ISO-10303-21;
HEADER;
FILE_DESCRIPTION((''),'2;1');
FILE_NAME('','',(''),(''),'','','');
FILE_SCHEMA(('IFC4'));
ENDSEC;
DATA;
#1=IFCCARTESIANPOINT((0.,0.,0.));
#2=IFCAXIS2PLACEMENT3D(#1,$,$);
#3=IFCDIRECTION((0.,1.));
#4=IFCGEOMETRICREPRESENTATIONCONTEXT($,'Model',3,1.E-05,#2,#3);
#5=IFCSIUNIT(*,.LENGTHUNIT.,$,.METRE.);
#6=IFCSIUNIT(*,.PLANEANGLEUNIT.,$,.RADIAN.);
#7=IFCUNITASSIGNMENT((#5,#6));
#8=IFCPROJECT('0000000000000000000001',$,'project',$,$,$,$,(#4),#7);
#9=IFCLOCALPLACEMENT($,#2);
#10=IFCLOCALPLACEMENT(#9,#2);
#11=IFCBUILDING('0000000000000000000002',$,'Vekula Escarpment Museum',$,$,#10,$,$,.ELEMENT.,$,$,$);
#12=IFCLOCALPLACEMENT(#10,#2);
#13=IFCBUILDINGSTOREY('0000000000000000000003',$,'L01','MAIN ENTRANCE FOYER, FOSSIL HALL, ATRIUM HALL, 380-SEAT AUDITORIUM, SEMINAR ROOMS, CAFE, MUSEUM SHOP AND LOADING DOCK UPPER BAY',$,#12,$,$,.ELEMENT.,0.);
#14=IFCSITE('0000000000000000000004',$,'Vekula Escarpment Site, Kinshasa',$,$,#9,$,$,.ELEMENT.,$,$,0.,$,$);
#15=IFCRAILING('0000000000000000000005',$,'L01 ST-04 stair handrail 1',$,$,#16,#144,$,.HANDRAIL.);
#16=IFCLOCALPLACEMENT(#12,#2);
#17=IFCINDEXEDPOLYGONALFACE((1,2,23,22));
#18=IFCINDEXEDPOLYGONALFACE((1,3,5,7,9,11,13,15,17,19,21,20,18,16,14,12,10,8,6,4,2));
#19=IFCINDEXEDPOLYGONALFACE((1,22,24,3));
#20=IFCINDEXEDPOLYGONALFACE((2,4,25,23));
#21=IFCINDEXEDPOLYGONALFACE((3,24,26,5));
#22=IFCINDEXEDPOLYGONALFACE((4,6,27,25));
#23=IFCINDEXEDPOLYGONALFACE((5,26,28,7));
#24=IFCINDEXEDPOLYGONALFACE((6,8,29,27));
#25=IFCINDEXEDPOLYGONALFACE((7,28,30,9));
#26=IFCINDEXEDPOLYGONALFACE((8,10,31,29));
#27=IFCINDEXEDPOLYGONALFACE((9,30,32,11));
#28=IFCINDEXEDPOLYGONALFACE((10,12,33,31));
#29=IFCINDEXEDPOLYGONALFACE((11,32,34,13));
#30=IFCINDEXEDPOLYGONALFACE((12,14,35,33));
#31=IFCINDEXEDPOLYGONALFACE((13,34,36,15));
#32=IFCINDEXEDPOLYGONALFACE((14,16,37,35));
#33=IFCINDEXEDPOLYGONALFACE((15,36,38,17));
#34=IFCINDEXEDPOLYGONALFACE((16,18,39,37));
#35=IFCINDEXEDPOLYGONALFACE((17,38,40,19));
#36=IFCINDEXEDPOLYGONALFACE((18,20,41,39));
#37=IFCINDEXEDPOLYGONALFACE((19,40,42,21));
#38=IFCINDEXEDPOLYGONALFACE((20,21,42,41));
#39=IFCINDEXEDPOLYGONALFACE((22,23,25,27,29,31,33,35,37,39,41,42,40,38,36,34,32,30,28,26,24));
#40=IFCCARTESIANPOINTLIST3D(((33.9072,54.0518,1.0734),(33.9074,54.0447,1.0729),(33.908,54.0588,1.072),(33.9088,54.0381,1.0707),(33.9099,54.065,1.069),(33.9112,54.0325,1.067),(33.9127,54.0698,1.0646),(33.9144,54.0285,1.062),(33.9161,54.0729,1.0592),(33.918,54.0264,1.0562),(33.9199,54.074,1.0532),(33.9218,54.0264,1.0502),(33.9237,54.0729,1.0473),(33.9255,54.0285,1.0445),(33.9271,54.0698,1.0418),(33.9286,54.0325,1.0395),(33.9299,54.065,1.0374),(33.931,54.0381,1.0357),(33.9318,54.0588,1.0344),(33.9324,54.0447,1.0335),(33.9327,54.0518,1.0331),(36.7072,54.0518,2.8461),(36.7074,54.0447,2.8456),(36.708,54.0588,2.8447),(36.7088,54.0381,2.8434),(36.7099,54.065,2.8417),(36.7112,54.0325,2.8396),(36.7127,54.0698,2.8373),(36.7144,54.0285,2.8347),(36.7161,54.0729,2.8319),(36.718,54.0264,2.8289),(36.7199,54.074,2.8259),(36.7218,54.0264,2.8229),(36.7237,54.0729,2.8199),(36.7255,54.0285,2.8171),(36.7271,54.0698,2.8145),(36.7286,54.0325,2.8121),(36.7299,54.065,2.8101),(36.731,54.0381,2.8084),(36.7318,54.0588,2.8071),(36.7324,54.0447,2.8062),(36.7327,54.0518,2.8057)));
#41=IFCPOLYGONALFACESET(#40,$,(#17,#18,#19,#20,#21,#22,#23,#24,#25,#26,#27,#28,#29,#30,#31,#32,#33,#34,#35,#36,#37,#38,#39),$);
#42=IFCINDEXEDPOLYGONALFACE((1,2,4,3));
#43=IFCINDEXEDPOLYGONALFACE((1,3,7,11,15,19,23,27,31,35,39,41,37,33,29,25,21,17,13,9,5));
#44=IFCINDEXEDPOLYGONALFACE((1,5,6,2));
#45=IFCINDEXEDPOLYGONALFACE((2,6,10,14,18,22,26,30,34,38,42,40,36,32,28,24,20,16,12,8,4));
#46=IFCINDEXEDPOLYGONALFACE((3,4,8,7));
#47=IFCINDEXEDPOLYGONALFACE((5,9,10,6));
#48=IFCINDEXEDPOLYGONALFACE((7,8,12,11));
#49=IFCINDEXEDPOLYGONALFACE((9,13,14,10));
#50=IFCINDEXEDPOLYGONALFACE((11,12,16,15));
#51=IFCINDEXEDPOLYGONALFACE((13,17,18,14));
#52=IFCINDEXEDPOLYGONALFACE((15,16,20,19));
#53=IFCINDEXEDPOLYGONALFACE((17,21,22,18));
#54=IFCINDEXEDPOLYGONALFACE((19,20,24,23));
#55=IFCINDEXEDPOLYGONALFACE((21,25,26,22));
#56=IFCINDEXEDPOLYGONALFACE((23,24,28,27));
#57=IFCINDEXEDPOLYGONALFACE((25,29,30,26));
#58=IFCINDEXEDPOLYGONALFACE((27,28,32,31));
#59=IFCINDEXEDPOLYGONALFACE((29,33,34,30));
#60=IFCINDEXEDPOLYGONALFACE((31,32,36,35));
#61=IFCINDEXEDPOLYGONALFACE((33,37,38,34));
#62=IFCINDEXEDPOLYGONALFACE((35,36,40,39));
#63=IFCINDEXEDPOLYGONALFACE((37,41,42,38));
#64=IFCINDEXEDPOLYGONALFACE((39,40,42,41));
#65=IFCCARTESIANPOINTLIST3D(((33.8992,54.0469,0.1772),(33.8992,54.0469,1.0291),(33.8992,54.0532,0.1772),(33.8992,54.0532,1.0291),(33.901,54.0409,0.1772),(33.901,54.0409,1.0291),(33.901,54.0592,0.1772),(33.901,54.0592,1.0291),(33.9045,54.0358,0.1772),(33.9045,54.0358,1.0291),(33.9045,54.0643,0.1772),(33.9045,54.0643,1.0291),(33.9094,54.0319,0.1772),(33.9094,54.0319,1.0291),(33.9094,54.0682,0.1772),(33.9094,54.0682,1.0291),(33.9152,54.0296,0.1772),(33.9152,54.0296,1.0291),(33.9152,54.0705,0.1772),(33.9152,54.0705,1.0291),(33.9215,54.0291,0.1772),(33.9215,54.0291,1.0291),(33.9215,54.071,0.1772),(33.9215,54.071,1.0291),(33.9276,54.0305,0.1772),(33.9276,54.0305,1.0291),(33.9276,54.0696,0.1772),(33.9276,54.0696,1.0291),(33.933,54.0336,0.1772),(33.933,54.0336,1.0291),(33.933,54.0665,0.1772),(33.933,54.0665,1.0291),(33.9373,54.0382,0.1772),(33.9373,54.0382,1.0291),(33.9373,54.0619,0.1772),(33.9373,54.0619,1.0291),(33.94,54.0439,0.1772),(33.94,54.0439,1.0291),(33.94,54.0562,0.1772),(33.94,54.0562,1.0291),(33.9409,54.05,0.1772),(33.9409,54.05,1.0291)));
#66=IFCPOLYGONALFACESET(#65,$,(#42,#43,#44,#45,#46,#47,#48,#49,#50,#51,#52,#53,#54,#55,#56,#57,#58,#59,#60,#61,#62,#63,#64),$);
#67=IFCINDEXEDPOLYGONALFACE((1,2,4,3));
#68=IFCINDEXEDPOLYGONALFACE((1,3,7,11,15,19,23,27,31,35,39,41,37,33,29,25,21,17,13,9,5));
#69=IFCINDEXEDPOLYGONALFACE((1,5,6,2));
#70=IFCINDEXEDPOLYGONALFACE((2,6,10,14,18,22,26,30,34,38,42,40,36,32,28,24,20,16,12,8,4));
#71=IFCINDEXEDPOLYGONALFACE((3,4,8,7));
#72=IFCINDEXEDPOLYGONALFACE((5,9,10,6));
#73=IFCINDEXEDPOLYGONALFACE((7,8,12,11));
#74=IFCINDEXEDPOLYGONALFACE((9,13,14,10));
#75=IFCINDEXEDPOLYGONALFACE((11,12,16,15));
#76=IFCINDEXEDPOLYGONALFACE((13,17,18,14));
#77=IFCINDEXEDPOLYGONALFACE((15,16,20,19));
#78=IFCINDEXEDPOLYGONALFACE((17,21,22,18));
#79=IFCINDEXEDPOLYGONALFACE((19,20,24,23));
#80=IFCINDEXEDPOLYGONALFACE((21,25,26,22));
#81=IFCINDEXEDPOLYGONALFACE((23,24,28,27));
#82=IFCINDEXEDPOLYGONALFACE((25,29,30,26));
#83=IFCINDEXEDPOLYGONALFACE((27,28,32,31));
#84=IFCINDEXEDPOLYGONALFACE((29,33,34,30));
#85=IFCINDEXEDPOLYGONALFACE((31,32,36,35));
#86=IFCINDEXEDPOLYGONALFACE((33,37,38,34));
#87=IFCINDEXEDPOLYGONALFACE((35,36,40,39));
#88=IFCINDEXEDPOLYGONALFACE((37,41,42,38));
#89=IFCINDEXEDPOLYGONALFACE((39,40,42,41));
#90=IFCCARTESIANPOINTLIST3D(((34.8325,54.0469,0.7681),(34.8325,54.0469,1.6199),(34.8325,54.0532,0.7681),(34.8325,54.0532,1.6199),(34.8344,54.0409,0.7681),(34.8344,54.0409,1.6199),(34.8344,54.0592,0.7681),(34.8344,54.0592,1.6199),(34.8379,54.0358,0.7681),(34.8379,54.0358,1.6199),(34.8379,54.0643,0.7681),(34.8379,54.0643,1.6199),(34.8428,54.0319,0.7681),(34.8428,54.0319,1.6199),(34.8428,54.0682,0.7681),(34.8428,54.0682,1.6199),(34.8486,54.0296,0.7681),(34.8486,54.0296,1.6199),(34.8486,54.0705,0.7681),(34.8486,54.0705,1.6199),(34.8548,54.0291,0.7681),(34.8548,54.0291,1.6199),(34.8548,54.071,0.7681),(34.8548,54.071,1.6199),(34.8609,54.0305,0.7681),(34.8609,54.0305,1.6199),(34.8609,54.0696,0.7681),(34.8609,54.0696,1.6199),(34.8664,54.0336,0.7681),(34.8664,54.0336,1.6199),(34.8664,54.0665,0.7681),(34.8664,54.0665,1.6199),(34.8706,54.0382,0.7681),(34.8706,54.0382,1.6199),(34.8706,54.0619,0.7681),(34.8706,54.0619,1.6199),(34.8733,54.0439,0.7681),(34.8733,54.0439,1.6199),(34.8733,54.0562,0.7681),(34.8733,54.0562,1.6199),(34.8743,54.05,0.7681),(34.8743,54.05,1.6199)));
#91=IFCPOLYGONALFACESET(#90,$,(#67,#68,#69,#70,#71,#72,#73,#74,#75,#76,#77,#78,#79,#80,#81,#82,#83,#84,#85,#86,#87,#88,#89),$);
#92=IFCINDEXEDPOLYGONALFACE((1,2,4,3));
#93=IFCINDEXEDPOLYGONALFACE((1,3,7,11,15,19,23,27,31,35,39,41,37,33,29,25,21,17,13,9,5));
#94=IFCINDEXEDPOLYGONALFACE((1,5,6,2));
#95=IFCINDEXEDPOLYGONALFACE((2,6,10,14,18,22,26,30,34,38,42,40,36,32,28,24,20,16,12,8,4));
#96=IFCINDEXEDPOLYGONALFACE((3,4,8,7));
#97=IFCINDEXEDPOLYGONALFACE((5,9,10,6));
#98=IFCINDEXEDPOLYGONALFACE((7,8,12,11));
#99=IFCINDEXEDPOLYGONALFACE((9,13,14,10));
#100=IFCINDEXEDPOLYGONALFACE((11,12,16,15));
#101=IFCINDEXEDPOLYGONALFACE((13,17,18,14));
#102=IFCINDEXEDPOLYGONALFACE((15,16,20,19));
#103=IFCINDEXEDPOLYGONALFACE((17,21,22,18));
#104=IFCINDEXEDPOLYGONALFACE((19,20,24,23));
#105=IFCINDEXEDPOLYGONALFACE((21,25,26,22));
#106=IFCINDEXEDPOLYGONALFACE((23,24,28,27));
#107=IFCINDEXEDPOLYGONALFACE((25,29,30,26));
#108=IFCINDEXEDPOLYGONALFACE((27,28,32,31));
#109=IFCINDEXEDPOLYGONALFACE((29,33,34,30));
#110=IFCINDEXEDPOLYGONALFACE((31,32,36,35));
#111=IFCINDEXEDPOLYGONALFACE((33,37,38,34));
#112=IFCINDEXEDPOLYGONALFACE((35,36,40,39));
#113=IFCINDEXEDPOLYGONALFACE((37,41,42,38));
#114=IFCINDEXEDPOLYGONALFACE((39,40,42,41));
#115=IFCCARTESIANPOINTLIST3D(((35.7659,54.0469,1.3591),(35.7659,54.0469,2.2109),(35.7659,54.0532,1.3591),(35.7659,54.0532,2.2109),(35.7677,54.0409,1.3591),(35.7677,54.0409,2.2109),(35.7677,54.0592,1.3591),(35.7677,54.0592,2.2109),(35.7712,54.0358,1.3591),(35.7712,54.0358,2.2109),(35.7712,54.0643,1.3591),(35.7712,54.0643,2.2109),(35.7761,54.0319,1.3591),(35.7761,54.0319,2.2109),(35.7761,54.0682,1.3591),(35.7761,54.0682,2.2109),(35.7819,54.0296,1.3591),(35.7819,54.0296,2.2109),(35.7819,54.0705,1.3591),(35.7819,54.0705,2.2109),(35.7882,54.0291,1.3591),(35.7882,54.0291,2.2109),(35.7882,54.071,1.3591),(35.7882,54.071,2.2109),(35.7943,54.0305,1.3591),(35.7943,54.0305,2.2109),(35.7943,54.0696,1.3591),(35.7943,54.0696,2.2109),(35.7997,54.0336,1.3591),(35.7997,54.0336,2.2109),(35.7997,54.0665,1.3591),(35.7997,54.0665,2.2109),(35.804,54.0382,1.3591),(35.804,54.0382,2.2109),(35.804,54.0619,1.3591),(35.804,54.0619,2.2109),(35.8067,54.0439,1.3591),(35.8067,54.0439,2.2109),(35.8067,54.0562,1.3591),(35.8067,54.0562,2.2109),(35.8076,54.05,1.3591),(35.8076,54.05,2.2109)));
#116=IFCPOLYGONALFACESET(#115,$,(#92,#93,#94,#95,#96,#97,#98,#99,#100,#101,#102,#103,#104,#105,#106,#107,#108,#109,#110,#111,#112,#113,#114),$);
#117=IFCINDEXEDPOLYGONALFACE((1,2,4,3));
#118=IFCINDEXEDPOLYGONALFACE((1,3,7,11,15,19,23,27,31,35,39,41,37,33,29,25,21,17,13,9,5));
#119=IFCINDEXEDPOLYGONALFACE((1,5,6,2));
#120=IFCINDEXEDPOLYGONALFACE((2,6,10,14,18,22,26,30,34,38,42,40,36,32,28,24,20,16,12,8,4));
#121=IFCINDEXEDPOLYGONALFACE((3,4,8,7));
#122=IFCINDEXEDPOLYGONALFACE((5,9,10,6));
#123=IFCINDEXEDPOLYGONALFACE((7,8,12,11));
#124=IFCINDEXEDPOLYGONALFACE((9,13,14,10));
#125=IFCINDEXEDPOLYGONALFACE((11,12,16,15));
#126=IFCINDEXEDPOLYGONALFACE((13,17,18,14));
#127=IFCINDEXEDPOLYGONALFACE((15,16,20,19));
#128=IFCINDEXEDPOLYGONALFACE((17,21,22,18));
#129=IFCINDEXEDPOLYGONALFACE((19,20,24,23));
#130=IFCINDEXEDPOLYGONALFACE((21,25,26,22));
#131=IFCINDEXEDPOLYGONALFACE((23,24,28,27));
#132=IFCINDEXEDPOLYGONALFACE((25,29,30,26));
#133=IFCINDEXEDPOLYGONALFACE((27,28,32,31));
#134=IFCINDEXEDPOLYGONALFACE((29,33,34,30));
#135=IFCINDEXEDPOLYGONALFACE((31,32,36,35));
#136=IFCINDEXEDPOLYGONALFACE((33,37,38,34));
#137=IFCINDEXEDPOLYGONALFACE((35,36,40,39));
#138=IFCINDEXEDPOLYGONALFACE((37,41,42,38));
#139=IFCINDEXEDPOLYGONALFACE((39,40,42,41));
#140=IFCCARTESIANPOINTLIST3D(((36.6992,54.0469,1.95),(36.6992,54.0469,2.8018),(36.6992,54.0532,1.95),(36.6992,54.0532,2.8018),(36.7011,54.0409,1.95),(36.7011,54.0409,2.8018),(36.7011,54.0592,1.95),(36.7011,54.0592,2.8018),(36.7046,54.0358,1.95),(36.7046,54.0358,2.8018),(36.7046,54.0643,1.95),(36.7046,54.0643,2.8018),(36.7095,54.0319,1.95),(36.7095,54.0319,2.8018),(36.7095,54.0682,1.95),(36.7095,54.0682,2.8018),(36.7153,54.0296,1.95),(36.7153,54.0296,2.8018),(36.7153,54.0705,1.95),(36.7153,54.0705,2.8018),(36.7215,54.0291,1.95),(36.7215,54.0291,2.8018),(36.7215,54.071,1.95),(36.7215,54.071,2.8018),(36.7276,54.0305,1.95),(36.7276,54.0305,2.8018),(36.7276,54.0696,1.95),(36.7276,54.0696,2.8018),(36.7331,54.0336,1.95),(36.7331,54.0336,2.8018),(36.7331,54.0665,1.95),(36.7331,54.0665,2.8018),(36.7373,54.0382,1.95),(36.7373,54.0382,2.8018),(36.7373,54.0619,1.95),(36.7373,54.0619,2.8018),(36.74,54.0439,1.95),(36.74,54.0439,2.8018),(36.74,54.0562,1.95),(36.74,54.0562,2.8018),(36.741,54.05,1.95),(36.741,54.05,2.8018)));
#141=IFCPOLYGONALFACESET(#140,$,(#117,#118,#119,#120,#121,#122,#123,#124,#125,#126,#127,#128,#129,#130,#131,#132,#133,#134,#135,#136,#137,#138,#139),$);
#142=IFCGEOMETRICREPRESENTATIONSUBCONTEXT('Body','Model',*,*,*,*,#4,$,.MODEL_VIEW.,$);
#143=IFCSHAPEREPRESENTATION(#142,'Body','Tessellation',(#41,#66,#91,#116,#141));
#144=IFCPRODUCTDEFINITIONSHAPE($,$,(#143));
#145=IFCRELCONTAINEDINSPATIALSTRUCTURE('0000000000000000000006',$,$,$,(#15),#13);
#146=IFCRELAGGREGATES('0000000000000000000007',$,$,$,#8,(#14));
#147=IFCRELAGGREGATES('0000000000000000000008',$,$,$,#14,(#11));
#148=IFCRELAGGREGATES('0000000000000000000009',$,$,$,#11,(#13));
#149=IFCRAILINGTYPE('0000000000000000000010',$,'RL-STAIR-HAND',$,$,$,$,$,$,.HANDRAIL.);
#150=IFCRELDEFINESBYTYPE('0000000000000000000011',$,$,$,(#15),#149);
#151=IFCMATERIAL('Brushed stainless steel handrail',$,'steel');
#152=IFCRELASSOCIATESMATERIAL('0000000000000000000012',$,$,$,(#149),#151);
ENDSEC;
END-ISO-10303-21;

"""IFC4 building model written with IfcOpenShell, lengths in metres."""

from ifc_helpers import new_model, si_unit, direction, frame, origin, origin_2d, place, context, subcontext, project, spatial, circle, extrude, material, type_object, element, save


model = new_model("IFC4")

# Units and contexts
model_context = context("Model", 3, precision=1e-05, world=origin(), true_north=direction((0.0, 1.0)))
body_context = subcontext(model_context, "Body", "Model", "MODEL_VIEW")
ifc_project = project(units=[si_unit("LENGTHUNIT", "METRE"), si_unit("PLANEANGLEUNIT", "RADIAN")], contexts=[model_context])

# Site, building, storey
site_placement = place(None, origin())
site = spatial("IfcSite", under=ifc_project, at=site_placement, Name="Vekula Escarpment Site, Kinshasa", CompositionType="ELEMENT", RefElevation=0.0)
building_placement = place(site_placement, origin())
building = spatial("IfcBuilding", under=site, at=building_placement, Name="Vekula Escarpment Museum", CompositionType="ELEMENT")
storey_placement = place(building_placement, origin())
storey = spatial("IfcBuildingStorey", under=building, at=storey_placement, Name="L01", Description="MAIN ENTRANCE FOYER, FOSSIL HALL, ATRIUM HALL, 380-SEAT AUDITORIUM, SEMINAR ROOMS, CAFE, MUSEUM SHOP AND LOADING DOCK UPPER BAY", CompositionType="ELEMENT", Elevation=0.0)

# Railing
ifc_material_1 = material(Name="Brushed stainless steel handrail", Category="steel")
railing_type_1 = type_object("IfcRailingType", Name="RL-STAIR-HAND", PredefinedType="HANDRAIL", material=ifc_material_1)
railing_1_placement = place(storey_placement, frame((33.9199, 54.05, 0.1772)))
element("IfcRailing", 1, at=railing_1_placement, inside=storey, type_object=railing_type_1, Name="L01 ST-04 stair handrail 1", PredefinedType="HANDRAIL", context=body_context, shape_type="SweptSolid", body=[
    extrude(circle(Radius=0.0239, at=origin_2d()), frame((0.0, 0.0, 0.876), z_axis=(0.844909, 0.0, 0.53491), x_axis=(0.0, 1.0, 0.0)), (0.0, 0.0, 1.0), 3.314),
    extrude(circle(Radius=0.021, at=origin_2d()), origin(), (0.0, 0.0, 1.0), 0.8518),
    extrude(circle(Radius=0.021, at=origin_2d()), frame((0.9333, 0.0, 0.5908)), (0.0, 0.0, 1.0), 0.8518),
    extrude(circle(Radius=0.021, at=origin_2d()), frame((1.8667, 0.0, 1.1819)), (0.0, 0.0, 1.0), 0.8518),
    extrude(circle(Radius=0.021, at=origin_2d()), frame((2.8, 0.0, 1.7727)), (0.0, 0.0, 1.0), 0.8518),
])

save(model, "model.ifc")
